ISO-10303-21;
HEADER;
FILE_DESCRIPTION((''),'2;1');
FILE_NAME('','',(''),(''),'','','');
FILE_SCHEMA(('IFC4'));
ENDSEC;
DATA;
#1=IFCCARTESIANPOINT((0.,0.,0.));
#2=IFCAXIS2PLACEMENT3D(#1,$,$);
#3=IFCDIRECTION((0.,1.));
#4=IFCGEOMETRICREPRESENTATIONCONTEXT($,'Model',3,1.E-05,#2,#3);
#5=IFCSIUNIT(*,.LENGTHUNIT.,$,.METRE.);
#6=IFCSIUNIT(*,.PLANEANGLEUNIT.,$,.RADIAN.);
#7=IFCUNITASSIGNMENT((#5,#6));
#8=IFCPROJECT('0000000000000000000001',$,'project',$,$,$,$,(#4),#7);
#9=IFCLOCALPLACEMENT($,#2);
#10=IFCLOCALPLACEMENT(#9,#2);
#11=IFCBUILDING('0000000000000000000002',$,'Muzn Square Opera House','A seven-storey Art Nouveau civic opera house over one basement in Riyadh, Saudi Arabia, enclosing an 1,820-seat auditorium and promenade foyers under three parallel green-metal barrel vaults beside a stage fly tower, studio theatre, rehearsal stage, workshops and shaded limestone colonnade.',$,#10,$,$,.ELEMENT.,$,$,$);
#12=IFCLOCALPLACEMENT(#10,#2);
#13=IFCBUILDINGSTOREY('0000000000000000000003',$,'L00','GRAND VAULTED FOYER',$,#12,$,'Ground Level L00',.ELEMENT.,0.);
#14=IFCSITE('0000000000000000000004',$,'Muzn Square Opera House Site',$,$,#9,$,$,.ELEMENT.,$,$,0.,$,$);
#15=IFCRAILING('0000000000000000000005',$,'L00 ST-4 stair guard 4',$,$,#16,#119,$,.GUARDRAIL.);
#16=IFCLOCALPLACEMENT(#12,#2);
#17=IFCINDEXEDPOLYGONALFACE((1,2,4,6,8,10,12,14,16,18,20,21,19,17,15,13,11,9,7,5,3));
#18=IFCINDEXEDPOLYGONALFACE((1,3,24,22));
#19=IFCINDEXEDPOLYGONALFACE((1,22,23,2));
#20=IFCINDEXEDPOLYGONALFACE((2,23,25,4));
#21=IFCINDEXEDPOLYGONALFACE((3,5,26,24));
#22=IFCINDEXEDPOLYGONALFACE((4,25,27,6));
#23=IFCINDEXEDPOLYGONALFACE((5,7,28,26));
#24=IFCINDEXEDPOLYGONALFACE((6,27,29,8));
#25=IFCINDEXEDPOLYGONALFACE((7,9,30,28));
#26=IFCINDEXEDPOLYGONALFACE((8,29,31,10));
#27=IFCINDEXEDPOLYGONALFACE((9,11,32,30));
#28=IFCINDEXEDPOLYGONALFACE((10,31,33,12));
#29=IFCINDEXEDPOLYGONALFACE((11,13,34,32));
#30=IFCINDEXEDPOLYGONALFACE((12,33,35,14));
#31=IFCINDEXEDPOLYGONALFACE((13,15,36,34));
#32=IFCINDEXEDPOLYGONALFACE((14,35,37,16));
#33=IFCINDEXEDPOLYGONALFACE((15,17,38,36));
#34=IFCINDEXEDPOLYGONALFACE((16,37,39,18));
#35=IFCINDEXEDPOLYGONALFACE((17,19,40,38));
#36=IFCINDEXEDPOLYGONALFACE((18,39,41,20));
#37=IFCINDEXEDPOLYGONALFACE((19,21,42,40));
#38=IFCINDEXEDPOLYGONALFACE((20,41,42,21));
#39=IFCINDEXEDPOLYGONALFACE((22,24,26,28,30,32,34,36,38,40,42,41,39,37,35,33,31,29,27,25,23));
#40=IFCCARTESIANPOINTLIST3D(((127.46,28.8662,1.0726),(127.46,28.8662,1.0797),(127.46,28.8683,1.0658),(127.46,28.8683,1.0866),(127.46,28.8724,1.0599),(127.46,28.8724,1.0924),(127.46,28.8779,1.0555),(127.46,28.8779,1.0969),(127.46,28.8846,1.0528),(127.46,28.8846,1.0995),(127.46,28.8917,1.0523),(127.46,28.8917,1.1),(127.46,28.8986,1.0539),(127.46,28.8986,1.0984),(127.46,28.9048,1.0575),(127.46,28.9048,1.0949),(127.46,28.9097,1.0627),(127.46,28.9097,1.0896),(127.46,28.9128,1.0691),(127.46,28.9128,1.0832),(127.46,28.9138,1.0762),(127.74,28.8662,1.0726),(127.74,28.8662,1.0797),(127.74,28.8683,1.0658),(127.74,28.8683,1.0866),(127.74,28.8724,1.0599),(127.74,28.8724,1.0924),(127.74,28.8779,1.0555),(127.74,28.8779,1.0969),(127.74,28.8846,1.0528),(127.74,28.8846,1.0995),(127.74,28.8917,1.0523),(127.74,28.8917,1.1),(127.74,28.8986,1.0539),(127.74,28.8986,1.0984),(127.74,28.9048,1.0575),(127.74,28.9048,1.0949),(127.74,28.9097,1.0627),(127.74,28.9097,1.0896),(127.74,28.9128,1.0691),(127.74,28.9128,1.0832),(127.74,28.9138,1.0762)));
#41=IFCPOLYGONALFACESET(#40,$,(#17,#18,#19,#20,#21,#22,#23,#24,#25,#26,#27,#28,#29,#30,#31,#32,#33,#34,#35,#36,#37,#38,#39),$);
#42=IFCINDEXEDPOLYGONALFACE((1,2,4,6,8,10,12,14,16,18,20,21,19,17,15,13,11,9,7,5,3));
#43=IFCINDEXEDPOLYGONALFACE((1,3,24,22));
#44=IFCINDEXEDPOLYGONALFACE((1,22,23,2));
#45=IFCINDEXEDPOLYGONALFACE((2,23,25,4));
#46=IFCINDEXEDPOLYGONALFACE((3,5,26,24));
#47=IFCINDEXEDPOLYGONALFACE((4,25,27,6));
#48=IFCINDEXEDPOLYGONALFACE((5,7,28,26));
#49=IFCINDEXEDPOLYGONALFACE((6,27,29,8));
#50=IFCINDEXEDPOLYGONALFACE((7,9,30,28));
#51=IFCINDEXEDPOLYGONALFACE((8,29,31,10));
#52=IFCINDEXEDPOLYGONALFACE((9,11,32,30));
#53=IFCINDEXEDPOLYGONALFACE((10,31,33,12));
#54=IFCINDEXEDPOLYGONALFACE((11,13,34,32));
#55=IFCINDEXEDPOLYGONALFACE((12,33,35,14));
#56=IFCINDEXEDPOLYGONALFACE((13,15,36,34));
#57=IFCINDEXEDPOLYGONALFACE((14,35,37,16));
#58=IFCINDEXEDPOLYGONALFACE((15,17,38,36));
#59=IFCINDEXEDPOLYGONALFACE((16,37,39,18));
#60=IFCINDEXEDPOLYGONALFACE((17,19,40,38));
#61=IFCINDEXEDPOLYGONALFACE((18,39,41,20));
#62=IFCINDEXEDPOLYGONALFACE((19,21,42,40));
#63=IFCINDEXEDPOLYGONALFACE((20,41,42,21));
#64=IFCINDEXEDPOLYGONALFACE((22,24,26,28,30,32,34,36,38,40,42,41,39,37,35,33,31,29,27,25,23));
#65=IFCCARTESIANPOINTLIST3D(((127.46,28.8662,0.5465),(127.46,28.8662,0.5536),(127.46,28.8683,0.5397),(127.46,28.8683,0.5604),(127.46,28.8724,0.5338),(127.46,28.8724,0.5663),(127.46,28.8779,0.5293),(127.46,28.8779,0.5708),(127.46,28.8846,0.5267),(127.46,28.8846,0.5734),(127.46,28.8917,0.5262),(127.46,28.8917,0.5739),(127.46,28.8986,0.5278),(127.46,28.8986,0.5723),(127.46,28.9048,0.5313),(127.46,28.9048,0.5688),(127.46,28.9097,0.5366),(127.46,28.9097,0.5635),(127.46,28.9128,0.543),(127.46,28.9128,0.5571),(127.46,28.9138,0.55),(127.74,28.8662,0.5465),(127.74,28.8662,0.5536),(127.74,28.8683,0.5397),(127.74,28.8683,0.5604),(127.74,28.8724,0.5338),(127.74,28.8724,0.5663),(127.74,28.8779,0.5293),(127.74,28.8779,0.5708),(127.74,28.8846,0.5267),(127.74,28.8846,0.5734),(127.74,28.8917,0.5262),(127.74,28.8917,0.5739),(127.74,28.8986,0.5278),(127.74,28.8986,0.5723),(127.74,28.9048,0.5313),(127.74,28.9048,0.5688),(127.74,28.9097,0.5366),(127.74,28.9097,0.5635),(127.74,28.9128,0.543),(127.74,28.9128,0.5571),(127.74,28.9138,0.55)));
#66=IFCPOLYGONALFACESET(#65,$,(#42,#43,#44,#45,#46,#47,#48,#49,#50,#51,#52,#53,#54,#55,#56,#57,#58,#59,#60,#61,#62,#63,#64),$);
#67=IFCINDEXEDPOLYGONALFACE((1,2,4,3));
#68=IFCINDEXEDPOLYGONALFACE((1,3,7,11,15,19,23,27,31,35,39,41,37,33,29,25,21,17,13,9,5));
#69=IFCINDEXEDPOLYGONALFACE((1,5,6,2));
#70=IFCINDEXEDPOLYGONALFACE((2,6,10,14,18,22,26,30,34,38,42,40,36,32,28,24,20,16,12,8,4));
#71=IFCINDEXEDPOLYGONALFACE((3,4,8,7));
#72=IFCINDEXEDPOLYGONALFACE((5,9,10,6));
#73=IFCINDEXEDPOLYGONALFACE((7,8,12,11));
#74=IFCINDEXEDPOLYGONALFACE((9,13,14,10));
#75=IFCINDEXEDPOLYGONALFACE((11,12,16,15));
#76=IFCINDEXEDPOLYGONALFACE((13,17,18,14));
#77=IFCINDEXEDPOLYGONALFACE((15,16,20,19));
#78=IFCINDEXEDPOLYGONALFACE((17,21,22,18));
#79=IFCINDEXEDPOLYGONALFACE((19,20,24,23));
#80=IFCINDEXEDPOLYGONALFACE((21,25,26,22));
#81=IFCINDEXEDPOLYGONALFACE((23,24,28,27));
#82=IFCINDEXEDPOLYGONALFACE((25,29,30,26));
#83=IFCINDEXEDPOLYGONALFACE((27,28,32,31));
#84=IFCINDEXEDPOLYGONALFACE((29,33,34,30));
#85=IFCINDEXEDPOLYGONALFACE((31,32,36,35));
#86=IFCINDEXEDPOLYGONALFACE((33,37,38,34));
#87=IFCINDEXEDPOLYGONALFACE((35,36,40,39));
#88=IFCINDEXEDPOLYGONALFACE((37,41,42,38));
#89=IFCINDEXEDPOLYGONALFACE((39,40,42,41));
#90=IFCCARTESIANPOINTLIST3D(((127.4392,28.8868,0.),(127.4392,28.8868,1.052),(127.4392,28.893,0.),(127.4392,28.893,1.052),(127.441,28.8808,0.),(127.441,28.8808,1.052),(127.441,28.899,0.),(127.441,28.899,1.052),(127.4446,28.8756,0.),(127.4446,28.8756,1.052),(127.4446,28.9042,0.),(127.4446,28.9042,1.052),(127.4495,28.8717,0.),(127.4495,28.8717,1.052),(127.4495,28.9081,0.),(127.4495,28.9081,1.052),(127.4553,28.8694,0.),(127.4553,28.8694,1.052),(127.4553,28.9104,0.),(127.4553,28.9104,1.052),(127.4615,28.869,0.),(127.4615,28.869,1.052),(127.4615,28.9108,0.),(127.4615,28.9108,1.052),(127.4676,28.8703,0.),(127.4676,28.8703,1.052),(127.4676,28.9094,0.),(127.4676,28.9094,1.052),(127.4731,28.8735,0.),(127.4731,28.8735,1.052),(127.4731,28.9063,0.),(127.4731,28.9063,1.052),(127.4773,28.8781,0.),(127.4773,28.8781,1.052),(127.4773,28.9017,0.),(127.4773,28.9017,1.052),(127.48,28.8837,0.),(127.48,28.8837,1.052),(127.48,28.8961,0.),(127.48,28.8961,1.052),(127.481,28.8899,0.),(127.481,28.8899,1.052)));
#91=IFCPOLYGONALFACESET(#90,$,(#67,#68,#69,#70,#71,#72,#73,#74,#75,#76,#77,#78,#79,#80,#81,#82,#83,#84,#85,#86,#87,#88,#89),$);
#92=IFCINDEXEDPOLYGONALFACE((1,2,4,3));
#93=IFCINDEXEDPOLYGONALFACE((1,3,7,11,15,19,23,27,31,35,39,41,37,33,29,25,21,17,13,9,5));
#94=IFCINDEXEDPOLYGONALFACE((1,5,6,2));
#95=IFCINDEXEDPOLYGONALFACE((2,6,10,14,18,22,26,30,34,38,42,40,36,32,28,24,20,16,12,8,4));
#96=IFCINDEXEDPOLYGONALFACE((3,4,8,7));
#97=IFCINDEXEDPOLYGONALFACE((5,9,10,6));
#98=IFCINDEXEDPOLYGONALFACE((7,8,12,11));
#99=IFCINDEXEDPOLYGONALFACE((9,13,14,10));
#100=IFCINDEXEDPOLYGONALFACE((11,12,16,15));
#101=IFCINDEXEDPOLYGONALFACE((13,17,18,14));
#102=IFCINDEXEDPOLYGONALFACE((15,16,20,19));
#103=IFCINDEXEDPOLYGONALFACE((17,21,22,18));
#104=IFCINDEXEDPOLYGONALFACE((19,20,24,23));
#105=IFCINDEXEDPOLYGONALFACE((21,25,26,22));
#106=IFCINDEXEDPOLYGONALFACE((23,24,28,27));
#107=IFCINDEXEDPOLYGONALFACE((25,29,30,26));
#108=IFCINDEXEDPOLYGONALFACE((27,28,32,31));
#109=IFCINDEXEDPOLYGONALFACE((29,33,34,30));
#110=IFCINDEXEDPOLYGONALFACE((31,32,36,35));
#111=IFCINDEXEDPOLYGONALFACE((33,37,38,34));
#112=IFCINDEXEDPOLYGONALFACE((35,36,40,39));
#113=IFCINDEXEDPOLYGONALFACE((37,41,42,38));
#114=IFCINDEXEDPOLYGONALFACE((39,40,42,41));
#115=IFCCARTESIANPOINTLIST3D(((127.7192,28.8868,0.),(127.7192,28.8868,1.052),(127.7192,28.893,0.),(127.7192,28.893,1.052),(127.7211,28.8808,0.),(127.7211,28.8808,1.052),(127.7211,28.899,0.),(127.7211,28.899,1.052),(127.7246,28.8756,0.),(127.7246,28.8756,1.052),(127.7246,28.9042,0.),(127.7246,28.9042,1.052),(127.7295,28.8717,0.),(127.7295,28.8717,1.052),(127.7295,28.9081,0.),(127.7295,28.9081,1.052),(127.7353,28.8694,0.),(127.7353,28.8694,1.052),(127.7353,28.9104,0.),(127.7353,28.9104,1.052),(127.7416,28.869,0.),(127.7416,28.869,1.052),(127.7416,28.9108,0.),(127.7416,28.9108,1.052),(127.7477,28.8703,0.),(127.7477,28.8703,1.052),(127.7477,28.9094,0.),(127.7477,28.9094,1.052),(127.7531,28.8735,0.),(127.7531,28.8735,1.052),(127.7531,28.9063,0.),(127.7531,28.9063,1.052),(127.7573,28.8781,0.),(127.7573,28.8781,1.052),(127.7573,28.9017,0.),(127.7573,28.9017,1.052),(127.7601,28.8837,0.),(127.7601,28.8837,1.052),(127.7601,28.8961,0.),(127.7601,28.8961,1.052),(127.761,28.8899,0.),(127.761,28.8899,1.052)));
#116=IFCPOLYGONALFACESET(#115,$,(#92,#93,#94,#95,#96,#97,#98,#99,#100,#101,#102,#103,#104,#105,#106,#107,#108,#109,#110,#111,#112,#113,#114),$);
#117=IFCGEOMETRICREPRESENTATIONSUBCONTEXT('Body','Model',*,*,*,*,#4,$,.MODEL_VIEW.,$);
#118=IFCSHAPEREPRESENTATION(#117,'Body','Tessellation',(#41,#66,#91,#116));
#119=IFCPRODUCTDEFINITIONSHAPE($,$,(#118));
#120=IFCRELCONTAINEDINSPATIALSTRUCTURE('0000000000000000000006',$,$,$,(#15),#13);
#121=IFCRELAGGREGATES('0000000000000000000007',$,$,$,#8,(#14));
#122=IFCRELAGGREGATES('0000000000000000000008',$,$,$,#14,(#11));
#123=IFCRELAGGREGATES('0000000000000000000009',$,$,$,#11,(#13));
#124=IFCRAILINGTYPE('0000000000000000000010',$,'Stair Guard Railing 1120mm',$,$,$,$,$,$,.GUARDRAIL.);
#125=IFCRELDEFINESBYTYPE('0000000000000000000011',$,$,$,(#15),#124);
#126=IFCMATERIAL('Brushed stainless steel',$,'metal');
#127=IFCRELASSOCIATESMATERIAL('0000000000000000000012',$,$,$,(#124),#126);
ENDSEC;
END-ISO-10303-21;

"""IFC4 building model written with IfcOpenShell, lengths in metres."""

from ifc_helpers import new_model, si_unit, direction, frame, origin, origin_2d, place, context, subcontext, project, spatial, circle, extrude, material, type_object, element, save


model = new_model("IFC4")

# Units and contexts
model_context = context("Model", 3, precision=1e-05, world=origin(), true_north=direction((0.0, 1.0)))
body_context = subcontext(model_context, "Body", "Model", "MODEL_VIEW")
ifc_project = project(units=[si_unit("LENGTHUNIT", "METRE"), si_unit("PLANEANGLEUNIT", "RADIAN")], contexts=[model_context])

# Site, building, storey
site_placement = place(None, origin())
site = spatial("IfcSite", under=ifc_project, at=site_placement, Name="Muzn Square Opera House Site", CompositionType="ELEMENT", RefElevation=0.0)
building_placement = place(site_placement, origin())
building = spatial("IfcBuilding", under=site, at=building_placement, Name="Muzn Square Opera House", Description="A seven-storey Art Nouveau civic opera house over one basement in Riyadh, Saudi Arabia, enclosing an 1,820-seat auditorium and promenade foyers under three parallel green-metal barrel vaults beside a stage fly tower, studio theatre, rehearsal stage, workshops and shaded limestone colonnade.", CompositionType="ELEMENT")
storey_placement = place(building_placement, origin())
storey = spatial("IfcBuildingStorey", under=building, at=storey_placement, Name="L00", Description="GRAND VAULTED FOYER", LongName="Ground Level L00", CompositionType="ELEMENT", Elevation=0.0)

# Railing
ifc_material_1 = material(Name="Brushed stainless steel", Category="metal")
railing_type_1 = type_object("IfcRailingType", Name="Stair Guard Railing 1120mm", PredefinedType="GUARDRAIL", material=ifc_material_1)
railing_1_placement = place(storey_placement, frame((127.46, 28.8899, 0.0)))
element("IfcRailing", 1, at=railing_1_placement, inside=storey, type_object=railing_type_1, Name="L00 ST-4 stair guard 4", PredefinedType="GUARDRAIL", context=body_context, shape_type="SweptSolid", body=[
    extrude(circle(Radius=0.0239, at=origin_2d()), frame((0.0, 0.0, 1.0762), z_axis=(1.0, 0.0, 0.0), x_axis=(0.0, 1.0, 0.0)), (0.0, 0.0, 1.0), 0.28),
    extrude(circle(Radius=0.0239, at=origin_2d()), frame((0.0, 0.0, 0.55), z_axis=(1.0, 0.0, 0.0), x_axis=(0.0, 1.0, 0.0)), (0.0, 0.0, 1.0), 0.28),
    extrude(circle(Radius=0.021, at=origin_2d()), origin(), (0.0, 0.0, 1.0), 1.052),
    extrude(circle(Radius=0.021, at=origin_2d()), frame((0.28, 0.0, 0.0)), (0.0, 0.0, 1.0), 1.052),
])

save(model, "model.ifc")
